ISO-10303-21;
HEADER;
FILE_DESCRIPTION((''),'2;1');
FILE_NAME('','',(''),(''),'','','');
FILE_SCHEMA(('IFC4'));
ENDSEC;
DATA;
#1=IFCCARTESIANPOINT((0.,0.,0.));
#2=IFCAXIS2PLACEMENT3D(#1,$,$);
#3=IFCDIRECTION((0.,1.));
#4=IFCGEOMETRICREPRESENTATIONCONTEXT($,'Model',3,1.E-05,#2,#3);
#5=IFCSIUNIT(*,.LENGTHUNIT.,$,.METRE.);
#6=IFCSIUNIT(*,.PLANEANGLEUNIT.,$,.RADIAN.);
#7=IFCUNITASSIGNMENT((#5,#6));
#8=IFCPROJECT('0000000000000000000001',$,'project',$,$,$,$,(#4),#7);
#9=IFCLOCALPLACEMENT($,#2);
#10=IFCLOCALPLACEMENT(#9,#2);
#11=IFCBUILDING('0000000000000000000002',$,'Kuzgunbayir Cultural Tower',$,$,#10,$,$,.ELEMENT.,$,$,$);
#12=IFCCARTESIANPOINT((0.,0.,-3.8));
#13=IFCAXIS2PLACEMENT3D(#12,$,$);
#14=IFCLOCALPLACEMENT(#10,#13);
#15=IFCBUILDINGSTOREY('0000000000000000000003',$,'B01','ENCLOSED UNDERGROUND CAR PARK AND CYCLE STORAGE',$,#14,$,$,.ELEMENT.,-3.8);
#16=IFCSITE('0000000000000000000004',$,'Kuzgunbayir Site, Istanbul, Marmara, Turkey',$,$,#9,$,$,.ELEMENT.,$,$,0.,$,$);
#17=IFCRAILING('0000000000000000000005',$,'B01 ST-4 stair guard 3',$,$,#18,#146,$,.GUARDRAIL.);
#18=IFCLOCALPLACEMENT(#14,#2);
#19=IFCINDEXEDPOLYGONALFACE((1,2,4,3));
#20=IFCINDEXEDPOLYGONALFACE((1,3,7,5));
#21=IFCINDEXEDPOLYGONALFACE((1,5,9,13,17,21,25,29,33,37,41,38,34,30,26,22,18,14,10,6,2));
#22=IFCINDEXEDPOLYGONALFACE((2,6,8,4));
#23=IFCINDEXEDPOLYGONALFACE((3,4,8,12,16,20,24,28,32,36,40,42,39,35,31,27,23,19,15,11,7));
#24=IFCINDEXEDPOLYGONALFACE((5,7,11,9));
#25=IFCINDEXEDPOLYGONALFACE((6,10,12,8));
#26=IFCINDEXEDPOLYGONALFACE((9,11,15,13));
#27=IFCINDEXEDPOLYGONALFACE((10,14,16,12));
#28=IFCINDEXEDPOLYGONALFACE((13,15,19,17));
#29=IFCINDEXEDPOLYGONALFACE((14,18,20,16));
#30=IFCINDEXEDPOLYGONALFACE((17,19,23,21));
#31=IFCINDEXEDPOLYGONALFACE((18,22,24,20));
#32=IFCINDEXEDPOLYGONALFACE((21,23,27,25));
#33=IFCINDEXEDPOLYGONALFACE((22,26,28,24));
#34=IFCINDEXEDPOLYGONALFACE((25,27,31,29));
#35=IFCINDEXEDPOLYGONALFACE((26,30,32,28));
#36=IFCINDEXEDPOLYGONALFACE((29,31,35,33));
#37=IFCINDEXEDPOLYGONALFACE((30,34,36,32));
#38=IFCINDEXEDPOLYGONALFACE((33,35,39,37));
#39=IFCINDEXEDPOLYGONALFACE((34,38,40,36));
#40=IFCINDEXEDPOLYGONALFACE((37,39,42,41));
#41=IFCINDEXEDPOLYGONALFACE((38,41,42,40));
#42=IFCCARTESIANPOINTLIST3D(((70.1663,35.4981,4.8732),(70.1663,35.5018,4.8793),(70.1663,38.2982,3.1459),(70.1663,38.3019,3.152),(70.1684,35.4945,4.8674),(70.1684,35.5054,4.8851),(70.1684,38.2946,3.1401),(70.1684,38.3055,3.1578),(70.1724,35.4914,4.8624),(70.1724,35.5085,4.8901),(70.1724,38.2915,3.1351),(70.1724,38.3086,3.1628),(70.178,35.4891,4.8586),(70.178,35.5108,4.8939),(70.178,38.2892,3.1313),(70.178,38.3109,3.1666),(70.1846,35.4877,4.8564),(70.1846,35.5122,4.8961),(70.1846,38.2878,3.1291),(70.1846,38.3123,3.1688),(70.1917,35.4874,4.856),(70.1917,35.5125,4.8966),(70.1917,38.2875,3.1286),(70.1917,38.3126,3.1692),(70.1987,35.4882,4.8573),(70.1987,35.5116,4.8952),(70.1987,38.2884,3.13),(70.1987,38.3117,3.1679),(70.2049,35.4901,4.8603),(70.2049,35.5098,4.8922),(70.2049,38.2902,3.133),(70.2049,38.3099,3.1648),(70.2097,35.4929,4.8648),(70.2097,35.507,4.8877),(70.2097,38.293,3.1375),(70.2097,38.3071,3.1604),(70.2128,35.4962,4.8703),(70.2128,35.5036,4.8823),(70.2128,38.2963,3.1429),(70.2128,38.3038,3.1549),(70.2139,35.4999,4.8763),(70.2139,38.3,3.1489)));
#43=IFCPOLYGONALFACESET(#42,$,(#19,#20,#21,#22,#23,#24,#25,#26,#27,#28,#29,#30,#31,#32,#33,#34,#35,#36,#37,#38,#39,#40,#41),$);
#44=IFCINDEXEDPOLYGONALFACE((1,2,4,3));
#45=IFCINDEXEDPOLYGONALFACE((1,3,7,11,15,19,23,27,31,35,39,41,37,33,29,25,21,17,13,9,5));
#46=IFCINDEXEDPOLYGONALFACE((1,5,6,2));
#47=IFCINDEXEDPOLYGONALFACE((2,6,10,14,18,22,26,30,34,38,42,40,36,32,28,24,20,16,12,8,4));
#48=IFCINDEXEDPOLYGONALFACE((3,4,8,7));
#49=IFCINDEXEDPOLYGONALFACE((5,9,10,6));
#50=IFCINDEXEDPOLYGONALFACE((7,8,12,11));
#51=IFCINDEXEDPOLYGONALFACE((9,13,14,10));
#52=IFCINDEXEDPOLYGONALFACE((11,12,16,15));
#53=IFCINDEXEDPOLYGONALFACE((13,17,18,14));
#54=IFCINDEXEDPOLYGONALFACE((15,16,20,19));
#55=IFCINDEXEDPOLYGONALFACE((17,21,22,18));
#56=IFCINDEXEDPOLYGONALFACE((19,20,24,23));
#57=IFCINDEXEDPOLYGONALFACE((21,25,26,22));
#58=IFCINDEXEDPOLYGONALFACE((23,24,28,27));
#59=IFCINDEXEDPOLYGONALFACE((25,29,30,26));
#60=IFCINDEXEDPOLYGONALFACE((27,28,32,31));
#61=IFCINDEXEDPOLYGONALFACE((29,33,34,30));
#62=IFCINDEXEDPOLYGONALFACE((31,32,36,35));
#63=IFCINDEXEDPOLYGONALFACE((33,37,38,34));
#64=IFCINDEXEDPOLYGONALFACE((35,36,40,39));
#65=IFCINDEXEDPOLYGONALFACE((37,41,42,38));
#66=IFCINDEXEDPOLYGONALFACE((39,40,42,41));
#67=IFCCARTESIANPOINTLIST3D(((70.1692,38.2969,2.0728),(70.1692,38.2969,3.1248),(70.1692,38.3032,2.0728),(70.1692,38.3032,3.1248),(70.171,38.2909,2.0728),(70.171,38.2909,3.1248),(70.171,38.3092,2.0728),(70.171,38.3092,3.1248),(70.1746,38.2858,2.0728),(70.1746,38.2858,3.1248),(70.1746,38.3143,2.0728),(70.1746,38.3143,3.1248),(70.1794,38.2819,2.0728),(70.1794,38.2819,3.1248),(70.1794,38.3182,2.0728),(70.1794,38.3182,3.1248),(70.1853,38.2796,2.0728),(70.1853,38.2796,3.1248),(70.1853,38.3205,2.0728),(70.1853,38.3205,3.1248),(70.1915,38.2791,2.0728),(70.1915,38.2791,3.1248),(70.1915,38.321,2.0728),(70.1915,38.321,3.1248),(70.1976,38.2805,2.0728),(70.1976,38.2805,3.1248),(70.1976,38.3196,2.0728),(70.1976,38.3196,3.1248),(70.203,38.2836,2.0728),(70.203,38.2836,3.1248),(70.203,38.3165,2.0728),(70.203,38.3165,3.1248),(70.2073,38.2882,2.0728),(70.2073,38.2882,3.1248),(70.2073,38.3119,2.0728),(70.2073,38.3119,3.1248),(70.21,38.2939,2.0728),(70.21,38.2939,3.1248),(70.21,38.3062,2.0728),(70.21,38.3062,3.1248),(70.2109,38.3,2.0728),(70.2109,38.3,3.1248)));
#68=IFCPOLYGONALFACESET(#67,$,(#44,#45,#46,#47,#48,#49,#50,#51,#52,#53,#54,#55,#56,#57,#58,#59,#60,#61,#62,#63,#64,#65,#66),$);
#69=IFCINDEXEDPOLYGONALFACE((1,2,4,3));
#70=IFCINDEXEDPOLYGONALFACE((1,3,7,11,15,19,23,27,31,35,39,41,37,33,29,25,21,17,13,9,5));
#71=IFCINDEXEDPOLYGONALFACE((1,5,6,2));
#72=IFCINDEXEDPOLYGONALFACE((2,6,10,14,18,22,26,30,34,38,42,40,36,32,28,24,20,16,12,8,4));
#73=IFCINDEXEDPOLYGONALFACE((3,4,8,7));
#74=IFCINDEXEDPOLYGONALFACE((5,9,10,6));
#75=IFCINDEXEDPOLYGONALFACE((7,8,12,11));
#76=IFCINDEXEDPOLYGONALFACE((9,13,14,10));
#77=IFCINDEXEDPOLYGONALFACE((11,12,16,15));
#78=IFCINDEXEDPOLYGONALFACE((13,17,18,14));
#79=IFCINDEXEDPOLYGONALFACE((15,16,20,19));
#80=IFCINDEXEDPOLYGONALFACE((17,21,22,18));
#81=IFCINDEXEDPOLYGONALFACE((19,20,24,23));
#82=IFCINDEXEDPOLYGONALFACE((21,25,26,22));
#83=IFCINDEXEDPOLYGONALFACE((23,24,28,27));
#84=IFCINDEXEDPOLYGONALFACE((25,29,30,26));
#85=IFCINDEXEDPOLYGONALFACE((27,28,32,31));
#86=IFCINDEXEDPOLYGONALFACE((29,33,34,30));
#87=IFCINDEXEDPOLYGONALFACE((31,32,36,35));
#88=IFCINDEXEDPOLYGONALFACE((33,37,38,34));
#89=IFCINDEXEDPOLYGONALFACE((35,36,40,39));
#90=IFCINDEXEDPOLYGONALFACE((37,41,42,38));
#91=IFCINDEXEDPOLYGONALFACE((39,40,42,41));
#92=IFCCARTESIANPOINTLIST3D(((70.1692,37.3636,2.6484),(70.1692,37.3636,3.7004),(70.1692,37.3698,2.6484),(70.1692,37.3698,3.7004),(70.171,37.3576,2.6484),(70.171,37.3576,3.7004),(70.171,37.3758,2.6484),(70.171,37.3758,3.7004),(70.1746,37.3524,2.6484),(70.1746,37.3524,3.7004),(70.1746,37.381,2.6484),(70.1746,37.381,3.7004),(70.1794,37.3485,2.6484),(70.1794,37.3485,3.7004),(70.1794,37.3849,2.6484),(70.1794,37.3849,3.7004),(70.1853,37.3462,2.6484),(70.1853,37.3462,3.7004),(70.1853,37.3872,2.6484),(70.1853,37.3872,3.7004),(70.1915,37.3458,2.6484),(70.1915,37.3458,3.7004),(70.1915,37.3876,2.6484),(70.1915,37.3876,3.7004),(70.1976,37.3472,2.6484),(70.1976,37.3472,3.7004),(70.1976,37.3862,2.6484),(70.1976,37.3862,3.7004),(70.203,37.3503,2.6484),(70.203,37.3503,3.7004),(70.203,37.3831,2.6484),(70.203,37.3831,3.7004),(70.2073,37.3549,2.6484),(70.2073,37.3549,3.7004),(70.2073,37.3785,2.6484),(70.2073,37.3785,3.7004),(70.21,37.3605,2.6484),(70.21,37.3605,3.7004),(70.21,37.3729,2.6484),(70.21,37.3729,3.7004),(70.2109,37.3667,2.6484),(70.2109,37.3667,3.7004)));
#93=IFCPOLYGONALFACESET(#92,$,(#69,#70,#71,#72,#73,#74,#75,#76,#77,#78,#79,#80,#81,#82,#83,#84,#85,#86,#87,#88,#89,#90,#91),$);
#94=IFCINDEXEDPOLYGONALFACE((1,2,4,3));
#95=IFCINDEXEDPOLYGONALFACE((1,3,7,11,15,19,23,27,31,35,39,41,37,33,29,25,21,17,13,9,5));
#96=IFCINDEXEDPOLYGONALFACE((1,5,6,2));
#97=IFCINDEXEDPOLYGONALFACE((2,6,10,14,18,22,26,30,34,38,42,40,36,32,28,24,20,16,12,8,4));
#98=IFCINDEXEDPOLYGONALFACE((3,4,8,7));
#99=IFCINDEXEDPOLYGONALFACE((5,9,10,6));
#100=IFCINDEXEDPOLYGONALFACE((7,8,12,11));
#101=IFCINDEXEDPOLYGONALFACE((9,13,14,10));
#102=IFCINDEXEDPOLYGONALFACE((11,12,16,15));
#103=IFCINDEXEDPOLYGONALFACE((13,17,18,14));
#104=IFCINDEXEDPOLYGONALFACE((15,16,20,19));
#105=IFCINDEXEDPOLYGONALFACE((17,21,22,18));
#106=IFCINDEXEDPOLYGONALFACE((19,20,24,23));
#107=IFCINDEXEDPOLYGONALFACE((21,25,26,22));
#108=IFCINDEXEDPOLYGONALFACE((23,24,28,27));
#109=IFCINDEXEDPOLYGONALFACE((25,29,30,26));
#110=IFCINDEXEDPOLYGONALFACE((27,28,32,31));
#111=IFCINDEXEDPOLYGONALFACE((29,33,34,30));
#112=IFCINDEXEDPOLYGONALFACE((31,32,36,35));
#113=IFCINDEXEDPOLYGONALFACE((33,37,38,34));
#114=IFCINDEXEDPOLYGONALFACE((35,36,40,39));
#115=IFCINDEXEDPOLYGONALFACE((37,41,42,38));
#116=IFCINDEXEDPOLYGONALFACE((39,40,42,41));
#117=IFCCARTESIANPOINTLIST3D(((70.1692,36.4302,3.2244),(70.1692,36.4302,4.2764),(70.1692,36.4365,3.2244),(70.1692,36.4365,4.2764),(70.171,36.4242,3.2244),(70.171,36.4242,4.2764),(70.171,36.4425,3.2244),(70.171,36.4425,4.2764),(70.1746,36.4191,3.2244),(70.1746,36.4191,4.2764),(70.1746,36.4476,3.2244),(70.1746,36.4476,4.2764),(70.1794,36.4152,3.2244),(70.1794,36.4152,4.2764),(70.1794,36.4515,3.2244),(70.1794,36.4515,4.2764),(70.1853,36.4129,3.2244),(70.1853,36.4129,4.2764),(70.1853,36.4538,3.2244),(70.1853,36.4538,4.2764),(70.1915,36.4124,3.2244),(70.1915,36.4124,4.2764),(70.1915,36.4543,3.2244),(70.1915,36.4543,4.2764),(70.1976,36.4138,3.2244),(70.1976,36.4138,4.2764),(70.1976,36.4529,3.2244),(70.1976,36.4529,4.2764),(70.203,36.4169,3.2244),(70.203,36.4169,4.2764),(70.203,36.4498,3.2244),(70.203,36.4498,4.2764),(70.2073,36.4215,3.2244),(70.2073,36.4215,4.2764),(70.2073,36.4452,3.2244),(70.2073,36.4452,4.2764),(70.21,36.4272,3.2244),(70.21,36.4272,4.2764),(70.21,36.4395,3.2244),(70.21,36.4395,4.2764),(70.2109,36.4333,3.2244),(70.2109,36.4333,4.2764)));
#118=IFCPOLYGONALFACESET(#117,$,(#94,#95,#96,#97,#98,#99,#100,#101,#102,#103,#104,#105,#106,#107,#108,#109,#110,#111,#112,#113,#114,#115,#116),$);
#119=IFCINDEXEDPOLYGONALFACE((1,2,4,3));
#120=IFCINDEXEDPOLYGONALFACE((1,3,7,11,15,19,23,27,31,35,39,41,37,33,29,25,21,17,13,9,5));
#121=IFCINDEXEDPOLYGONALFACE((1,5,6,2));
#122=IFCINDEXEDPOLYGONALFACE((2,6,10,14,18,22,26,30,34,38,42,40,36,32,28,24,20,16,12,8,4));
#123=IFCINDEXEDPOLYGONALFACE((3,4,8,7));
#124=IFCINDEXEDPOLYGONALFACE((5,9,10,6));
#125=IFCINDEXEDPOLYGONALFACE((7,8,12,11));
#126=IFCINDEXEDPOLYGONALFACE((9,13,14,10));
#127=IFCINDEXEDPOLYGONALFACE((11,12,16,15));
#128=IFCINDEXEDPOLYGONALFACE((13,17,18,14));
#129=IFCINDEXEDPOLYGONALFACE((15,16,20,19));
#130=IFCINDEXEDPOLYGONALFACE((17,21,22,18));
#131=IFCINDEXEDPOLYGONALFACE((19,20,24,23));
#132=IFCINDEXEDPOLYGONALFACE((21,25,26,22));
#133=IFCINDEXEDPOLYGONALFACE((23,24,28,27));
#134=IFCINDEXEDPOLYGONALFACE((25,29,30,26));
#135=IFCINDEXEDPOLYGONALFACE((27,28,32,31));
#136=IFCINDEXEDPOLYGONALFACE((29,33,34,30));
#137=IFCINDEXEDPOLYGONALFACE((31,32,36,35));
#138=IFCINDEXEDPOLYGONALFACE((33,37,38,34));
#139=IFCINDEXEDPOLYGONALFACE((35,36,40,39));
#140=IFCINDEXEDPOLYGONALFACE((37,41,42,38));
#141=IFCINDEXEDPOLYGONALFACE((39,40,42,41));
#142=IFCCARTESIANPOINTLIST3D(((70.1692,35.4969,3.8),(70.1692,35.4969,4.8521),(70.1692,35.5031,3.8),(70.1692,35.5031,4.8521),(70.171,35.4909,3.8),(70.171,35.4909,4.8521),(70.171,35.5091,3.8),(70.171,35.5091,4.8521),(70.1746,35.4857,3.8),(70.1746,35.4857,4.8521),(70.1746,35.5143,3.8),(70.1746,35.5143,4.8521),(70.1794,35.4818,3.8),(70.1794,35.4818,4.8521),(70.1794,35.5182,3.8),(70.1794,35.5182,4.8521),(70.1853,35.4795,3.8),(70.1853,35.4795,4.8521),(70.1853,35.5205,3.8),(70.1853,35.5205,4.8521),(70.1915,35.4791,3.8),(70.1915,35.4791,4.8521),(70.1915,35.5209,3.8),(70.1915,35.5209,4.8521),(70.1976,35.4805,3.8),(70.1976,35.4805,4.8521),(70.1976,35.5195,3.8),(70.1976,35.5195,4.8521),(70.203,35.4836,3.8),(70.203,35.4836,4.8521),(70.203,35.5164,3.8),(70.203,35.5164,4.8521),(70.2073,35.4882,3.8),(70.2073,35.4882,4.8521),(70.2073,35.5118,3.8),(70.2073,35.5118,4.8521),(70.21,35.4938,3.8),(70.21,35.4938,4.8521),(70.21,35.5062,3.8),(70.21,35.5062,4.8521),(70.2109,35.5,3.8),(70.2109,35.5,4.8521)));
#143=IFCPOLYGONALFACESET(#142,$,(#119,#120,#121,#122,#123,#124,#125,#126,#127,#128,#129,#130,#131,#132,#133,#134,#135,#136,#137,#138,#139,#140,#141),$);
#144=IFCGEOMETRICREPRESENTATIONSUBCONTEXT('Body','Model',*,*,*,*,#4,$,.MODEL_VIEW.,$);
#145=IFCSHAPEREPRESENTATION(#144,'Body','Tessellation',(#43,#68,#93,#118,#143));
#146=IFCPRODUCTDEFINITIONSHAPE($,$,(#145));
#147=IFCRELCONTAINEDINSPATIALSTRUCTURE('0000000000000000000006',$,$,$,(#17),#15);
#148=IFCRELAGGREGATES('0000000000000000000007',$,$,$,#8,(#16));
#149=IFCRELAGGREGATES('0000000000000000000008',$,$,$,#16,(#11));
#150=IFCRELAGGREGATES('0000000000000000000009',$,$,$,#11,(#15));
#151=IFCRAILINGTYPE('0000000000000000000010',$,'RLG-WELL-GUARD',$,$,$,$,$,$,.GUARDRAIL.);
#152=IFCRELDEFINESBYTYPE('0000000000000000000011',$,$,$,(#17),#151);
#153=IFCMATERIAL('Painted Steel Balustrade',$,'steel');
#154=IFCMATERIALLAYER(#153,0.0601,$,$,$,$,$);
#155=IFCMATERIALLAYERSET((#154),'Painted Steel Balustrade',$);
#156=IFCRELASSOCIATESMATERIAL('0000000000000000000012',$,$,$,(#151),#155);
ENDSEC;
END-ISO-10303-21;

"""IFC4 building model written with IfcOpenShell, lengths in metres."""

from ifc_helpers import new_model, si_unit, direction, frame, origin, origin_2d, place, context, subcontext, project, spatial, circle, extrude, material, layer, layer_set, type_object, element, save


model = new_model("IFC4")

# Units and contexts
model_context = context("Model", 3, precision=1e-05, world=origin(), true_north=direction((0.0, 1.0)))
body_context = subcontext(model_context, "Body", "Model", "MODEL_VIEW")
ifc_project = project(units=[si_unit("LENGTHUNIT", "METRE"), si_unit("PLANEANGLEUNIT", "RADIAN")], contexts=[model_context])

# Site, building, storey
site_placement = place(None, origin())
site = spatial("IfcSite", under=ifc_project, at=site_placement, Name="Kuzgunbayir Site, Istanbul, Marmara, Turkey", CompositionType="ELEMENT", RefElevation=0.0)
building_placement = place(site_placement, origin())
building = spatial("IfcBuilding", under=site, at=building_placement, Name="Kuzgunbayir Cultural Tower", CompositionType="ELEMENT")
storey_placement = place(building_placement, frame((0.0, 0.0, -3.8)))
storey = spatial("IfcBuildingStorey", under=building, at=storey_placement, Name="B01", Description="ENCLOSED UNDERGROUND CAR PARK AND CYCLE STORAGE", CompositionType="ELEMENT", Elevation=-3.8)

# Railing
ifc_material_1 = material(Name="Painted Steel Balustrade", Category="steel")
ifc_layer_1 = layer(ifc_material_1, 0.0601)
ifc_layer_set_1 = layer_set([ifc_layer_1], Name="Painted Steel Balustrade")
railing_type_1 = type_object("IfcRailingType", Name="RLG-WELL-GUARD", PredefinedType="GUARDRAIL", material=ifc_layer_set_1)
railing_1_placement = place(storey_placement, frame((70.1899, 38.3, 2.0728)))
element("IfcRailing", 1, at=railing_1_placement, inside=storey, type_object=railing_type_1, Name="B01 ST-4 stair guard 3", PredefinedType="GUARDRAIL", context=body_context, shape_type="SweptSolid", body=[
    extrude(circle(Radius=0.0239, at=origin_2d()), frame((0.0, 0.0, 1.0762), z_axis=(0.0, -0.85109, 0.52502), x_axis=(1.0, 0.0, 0.0)), (0.0, 0.0, 1.0), 3.29),
    extrude(circle(Radius=0.021, at=origin_2d()), origin(), (0.0, 0.0, 1.0), 1.052),
    extrude(circle(Radius=0.021, at=origin_2d()), frame((0.0, -0.9333, 0.5757)), (0.0, 0.0, 1.0), 1.052),
    extrude(circle(Radius=0.021, at=origin_2d()), frame((0.0, -1.8667, 1.1516)), (0.0, 0.0, 1.0), 1.052),
    extrude(circle(Radius=0.021, at=origin_2d()), frame((0.0, -2.8, 1.7273)), (0.0, 0.0, 1.0), 1.052),
])

save(model, "model.ifc")
